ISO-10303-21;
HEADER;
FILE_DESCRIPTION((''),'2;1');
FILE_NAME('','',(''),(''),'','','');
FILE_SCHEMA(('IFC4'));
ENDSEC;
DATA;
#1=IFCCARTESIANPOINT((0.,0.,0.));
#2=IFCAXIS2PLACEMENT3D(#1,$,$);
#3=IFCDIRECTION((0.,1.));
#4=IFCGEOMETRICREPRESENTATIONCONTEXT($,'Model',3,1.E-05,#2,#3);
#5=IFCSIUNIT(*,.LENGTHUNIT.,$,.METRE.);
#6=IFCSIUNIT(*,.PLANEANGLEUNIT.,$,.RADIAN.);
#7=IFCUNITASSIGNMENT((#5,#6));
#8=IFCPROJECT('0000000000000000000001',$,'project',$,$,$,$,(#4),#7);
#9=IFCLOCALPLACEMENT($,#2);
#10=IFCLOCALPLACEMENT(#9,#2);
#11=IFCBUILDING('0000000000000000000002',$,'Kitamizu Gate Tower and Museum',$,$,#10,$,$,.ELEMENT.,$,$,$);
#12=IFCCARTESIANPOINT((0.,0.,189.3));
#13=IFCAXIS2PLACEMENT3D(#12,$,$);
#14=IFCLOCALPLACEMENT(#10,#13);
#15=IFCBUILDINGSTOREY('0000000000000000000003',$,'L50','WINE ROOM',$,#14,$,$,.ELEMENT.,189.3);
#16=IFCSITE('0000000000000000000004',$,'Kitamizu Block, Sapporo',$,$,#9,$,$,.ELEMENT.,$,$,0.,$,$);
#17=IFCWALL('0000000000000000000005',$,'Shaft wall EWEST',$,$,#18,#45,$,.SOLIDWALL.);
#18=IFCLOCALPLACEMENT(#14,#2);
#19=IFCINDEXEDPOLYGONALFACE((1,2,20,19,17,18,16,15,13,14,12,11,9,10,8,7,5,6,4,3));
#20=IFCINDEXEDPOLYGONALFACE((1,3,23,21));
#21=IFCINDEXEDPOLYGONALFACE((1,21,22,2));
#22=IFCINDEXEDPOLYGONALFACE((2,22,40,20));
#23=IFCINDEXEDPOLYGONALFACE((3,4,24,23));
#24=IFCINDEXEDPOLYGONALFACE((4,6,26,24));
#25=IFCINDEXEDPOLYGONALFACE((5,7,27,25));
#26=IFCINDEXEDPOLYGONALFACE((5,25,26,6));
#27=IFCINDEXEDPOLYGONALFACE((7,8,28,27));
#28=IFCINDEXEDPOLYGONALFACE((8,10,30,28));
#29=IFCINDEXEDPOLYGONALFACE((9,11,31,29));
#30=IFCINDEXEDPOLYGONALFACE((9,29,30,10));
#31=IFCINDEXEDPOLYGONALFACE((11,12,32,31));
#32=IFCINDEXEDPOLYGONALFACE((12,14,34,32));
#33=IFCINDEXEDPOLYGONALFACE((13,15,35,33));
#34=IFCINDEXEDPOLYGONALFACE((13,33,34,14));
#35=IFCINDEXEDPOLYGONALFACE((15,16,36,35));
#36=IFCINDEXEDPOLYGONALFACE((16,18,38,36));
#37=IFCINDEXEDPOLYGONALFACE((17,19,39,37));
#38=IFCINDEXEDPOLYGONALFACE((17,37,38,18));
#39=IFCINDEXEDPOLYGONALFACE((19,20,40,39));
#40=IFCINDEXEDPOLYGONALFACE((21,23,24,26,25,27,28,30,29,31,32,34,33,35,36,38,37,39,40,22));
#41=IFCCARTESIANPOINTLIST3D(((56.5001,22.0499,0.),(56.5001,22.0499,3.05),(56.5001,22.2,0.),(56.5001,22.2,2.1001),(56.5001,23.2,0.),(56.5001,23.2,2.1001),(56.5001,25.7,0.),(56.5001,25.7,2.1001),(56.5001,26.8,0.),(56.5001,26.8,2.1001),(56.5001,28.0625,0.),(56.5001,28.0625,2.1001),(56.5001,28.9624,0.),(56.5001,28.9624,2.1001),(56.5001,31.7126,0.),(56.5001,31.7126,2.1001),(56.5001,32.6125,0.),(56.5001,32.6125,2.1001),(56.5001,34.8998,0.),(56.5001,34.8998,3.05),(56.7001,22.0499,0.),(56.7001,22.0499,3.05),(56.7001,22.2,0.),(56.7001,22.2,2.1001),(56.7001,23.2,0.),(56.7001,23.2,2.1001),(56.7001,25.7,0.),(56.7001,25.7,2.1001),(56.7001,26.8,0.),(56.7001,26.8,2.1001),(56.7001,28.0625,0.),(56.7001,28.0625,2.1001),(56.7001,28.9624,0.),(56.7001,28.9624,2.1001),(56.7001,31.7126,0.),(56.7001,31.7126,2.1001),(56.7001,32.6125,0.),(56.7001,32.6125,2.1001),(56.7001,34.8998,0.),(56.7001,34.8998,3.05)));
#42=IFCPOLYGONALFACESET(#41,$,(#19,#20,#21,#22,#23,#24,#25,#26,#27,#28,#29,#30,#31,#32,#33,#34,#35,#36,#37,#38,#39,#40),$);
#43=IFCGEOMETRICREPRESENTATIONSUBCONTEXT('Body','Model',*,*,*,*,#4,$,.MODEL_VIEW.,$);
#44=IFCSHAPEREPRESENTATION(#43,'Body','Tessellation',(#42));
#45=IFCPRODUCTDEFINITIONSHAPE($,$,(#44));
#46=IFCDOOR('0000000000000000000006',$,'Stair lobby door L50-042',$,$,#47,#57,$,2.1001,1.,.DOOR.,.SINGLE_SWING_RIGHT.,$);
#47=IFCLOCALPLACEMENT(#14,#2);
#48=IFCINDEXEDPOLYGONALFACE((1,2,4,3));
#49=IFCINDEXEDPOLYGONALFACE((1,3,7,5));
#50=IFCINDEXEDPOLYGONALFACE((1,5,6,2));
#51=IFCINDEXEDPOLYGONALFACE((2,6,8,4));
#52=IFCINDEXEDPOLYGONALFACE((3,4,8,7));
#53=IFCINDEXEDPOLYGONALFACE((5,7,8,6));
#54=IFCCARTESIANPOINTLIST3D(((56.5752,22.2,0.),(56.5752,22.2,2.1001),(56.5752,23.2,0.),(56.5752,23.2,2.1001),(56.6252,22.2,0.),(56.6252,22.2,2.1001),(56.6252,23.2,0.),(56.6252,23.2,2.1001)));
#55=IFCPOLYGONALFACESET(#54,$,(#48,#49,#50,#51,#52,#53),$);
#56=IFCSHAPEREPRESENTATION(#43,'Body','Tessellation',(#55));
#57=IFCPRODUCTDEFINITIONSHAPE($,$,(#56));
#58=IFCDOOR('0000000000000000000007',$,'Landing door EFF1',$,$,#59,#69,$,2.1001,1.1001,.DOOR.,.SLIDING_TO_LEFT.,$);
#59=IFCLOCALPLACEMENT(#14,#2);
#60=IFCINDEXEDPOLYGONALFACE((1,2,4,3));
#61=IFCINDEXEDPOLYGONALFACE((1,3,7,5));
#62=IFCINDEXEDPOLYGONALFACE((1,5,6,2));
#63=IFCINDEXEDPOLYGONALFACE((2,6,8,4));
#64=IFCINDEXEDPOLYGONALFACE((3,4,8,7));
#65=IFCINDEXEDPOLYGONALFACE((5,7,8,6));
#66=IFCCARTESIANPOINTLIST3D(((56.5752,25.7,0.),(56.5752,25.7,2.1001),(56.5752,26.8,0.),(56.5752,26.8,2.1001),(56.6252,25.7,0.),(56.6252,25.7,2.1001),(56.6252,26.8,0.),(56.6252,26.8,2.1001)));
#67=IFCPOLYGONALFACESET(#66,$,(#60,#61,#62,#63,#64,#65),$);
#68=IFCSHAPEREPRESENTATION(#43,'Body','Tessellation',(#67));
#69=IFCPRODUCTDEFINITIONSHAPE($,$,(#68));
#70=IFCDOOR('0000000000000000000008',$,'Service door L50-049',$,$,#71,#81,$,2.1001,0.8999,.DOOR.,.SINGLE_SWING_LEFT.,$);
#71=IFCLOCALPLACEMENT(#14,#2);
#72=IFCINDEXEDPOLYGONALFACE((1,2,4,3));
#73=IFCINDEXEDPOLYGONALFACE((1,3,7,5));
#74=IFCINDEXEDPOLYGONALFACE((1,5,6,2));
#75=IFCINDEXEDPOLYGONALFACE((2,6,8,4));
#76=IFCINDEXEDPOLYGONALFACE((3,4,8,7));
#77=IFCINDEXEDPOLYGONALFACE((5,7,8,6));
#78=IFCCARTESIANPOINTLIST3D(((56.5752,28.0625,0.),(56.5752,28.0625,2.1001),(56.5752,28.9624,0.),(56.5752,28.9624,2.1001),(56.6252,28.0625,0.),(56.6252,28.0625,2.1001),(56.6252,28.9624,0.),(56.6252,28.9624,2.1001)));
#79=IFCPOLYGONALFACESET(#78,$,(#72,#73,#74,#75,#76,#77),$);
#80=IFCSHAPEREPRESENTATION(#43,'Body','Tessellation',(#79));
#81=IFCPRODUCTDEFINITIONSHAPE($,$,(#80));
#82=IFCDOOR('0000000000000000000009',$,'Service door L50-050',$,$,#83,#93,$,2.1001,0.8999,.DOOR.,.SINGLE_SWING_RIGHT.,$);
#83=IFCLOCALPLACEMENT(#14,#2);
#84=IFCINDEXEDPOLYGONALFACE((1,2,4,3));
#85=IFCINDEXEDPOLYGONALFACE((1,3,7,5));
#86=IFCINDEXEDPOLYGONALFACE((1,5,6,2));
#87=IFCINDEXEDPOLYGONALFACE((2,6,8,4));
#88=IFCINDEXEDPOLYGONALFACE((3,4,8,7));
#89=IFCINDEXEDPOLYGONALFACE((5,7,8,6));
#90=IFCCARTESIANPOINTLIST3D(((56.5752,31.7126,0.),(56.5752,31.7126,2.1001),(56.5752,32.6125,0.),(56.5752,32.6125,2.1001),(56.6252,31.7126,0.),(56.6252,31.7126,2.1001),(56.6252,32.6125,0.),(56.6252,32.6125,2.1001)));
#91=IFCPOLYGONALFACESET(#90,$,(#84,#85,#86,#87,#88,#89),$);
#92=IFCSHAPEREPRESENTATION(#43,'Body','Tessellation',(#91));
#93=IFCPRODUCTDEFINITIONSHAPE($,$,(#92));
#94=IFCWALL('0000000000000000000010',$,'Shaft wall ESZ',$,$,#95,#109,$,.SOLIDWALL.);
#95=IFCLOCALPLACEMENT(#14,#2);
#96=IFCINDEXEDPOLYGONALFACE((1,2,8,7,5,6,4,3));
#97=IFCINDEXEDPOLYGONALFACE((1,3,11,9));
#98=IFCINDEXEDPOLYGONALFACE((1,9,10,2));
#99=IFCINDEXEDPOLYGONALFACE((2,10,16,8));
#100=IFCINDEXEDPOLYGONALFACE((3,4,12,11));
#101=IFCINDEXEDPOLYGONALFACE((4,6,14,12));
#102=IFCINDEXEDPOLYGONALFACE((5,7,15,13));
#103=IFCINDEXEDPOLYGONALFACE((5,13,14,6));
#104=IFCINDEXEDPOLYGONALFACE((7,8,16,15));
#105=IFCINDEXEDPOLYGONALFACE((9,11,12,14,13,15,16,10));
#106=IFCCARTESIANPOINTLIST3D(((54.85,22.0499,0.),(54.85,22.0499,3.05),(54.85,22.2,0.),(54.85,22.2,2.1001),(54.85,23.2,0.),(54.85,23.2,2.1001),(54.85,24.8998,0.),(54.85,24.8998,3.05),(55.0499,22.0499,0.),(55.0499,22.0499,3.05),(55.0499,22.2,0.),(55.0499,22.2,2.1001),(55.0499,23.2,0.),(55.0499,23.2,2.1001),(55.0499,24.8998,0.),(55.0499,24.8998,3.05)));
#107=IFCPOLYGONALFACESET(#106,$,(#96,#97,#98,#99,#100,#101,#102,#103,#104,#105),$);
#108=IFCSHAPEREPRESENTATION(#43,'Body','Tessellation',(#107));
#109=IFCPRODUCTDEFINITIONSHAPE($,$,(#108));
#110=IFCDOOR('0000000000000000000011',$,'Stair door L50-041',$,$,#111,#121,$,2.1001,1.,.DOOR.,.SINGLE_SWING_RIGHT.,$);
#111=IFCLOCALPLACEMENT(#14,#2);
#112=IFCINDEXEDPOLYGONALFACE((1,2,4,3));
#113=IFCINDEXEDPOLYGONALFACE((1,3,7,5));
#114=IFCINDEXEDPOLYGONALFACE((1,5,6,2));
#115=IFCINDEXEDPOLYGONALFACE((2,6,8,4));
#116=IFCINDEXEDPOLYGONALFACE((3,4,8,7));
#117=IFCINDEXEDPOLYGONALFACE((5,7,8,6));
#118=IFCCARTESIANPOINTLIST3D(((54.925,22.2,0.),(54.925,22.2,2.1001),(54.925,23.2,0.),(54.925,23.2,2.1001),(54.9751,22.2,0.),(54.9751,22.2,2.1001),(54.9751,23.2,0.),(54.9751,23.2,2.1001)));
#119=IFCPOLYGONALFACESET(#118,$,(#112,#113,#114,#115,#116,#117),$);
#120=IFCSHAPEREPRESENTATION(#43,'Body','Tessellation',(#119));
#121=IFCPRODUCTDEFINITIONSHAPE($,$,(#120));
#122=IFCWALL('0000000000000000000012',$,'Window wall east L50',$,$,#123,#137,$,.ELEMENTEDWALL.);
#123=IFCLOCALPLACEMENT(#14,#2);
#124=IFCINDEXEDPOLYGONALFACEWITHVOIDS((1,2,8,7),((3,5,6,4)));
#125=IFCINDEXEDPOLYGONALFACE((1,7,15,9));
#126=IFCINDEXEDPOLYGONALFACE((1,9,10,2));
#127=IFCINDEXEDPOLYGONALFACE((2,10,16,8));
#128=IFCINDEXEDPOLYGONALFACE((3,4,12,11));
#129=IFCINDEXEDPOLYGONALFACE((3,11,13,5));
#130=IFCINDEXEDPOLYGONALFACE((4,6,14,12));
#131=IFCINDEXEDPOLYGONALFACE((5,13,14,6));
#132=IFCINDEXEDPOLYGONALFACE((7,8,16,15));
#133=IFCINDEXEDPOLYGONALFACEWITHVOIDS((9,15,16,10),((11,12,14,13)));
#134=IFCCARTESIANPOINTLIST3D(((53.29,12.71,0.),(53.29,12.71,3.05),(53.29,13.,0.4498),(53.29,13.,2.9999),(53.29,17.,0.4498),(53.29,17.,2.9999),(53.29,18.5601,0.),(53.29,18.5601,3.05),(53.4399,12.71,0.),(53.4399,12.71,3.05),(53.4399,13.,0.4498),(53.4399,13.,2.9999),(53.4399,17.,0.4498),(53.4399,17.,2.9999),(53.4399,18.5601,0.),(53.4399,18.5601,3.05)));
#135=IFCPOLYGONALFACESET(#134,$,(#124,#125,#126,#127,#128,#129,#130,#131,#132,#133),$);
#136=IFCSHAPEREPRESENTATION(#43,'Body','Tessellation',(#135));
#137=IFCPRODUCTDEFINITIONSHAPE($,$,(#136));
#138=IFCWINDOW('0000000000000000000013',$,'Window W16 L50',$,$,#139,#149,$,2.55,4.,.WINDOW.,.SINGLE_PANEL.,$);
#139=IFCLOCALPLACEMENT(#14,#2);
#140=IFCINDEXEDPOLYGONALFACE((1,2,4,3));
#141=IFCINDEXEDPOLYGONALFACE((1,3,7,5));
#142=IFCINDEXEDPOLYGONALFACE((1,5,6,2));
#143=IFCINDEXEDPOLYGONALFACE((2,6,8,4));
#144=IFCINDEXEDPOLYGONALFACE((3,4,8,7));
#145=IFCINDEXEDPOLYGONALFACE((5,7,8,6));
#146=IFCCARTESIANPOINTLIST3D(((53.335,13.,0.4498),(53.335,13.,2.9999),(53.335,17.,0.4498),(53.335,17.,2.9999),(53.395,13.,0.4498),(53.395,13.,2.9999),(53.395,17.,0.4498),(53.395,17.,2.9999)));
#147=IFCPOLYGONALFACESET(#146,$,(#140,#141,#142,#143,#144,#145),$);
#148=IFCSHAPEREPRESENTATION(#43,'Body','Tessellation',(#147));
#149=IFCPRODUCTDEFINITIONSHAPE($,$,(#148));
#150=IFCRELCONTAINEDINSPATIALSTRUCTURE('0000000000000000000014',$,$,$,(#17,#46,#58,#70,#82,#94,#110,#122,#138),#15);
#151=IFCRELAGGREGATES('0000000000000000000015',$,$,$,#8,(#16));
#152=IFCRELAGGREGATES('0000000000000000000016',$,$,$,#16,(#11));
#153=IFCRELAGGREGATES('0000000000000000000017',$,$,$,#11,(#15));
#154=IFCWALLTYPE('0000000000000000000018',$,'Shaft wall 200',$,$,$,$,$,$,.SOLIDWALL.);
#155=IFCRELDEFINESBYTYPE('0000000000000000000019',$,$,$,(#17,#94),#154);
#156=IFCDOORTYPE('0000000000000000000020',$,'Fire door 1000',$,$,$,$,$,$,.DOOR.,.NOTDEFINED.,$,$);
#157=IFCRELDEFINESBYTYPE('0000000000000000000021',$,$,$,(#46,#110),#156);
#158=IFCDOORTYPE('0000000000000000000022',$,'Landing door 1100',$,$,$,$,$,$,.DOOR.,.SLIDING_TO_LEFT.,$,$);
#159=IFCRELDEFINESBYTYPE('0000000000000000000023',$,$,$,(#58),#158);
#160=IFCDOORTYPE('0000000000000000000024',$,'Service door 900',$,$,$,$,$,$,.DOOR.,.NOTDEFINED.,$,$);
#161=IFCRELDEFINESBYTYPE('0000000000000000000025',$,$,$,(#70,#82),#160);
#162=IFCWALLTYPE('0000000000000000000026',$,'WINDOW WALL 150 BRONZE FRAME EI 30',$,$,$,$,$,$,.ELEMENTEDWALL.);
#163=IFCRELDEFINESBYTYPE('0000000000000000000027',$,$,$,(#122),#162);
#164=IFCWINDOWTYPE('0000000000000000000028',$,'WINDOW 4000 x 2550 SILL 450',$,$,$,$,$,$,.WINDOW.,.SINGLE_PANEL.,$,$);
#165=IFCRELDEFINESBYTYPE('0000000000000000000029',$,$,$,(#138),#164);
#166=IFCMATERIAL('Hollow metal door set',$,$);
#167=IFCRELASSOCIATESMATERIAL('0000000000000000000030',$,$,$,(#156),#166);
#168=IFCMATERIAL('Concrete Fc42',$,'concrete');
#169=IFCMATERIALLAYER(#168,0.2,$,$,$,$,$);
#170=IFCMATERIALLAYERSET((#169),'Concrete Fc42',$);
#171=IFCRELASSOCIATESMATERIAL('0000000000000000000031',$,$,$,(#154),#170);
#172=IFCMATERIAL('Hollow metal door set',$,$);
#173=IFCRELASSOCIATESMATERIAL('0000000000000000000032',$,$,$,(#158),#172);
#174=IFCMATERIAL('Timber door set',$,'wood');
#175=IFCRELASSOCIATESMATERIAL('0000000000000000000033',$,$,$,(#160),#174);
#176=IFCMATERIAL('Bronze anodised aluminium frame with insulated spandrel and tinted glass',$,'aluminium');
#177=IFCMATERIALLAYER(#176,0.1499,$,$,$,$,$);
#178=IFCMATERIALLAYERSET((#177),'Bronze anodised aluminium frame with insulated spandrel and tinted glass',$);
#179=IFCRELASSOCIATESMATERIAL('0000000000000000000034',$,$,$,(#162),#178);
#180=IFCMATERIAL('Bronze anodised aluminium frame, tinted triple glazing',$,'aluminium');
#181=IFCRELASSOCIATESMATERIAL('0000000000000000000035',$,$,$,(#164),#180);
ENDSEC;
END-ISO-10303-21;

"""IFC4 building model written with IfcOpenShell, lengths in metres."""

from ifc_helpers import new_model, si_unit, direction, frame, frame_2d, origin, place, context, subcontext, project, spatial, rectangle, extrude, material, layer, layer_set, type_object, element, fill, save


model = new_model("IFC4")

# Units and contexts
model_context = context("Model", 3, precision=1e-05, world=origin(), true_north=direction((0.0, 1.0)))
body_context = subcontext(model_context, "Body", "Model", "MODEL_VIEW")
ifc_project = project(units=[si_unit("LENGTHUNIT", "METRE"), si_unit("PLANEANGLEUNIT", "RADIAN")], contexts=[model_context])

# Site, building, storey
site_placement = place(None, origin())
site = spatial("IfcSite", under=ifc_project, at=site_placement, Name="Kitamizu Block, Sapporo", CompositionType="ELEMENT", RefElevation=0.0)
building_placement = place(site_placement, origin())
building = spatial("IfcBuilding", under=site, at=building_placement, Name="Kitamizu Gate Tower and Museum", CompositionType="ELEMENT")
storey_placement = place(building_placement, frame((0.0, 0.0, 189.3)))
storey = spatial("IfcBuildingStorey", under=building, at=storey_placement, Name="L50", Description="WINE ROOM", CompositionType="ELEMENT", Elevation=189.3)

# Shared definitions
ifc_material_1 = material(Name="Hollow metal door set")
door_type_1 = type_object("IfcDoorType", Name="Fire door 1000", OperationType="NOTDEFINED", PredefinedType="DOOR", material=ifc_material_1)

# Wall, openings, doors
ifc_material_2 = material(Name="Concrete Fc42", Category="concrete")
ifc_layer_1 = layer(ifc_material_2, 0.2)
ifc_layer_set_1 = layer_set([ifc_layer_1], Name="Concrete Fc42")
wall_type_1 = type_object("IfcWallType", Name="Shaft wall 200", PredefinedType="SOLIDWALL", material=ifc_layer_set_1)
wall_1_placement = place(storey_placement, frame((56.6001, 22.05, 0.0), z_axis=(0.0, 0.0, 1.0), x_axis=(0.0, 1.0, 0.0)))
wall_1 = element("IfcWall", 1, at=wall_1_placement, inside=storey, type_object=wall_type_1, Name="Shaft wall EWEST", PredefinedType="SOLIDWALL", context=body_context, shape_type="SweptSolid", body=[
    extrude(rectangle(XDim=12.8499, YDim=0.2, at=frame_2d((6.4248, 0.0))), origin(), (0.0, 0.0, 1.0), 3.05),
])
opening_1_placement = place(wall_1_placement, frame((3.6499, 0.0, 0.0)))
opening_1 = element("IfcOpeningElement", 2, at=opening_1_placement, cuts=wall_1, PredefinedType="OPENING", context=body_context, shape_type="SweptSolid", body=[
    extrude(rectangle(XDim=1.1001, YDim=2.1001, at=frame_2d((0.55, 1.05))), frame((0.0, 0.1099, 0.0), z_axis=(0.0, -1.0, 0.0), x_axis=(1.0, 0.0, 0.0)), (0.0, 0.0, 1.0), 0.22),
])
opening_2_placement = place(wall_1_placement, frame((0.1499, 0.0, 0.0)))
opening_2 = element("IfcOpeningElement", 3, at=opening_2_placement, cuts=wall_1, PredefinedType="OPENING", context=body_context, shape_type="SweptSolid", body=[
    extrude(rectangle(XDim=1.0, YDim=2.1001, at=frame_2d((0.5, 1.05))), frame((0.0, 0.1099, 0.0), z_axis=(0.0, -1.0, 0.0), x_axis=(1.0, 0.0, 0.0)), (0.0, 0.0, 1.0), 0.22),
])
opening_3_placement = place(wall_1_placement, frame((6.0125, 0.0, 0.0)))
opening_3 = element("IfcOpeningElement", 4, at=opening_3_placement, cuts=wall_1, PredefinedType="OPENING", context=body_context, shape_type="SweptSolid", body=[
    extrude(rectangle(XDim=0.8999, YDim=2.1001, at=frame_2d((0.45, 1.05))), frame((0.0, 0.1099, 0.0), z_axis=(0.0, -1.0, 0.0), x_axis=(1.0, 0.0, 0.0)), (0.0, 0.0, 1.0), 0.22),
])
opening_4_placement = place(wall_1_placement, frame((9.6626, 0.0, 0.0)))
opening_4 = element("IfcOpeningElement", 5, at=opening_4_placement, cuts=wall_1, PredefinedType="OPENING", context=body_context, shape_type="SweptSolid", body=[
    extrude(rectangle(XDim=0.8999, YDim=2.1001, at=frame_2d((0.45, 1.05))), frame((0.0, 0.1099, 0.0), z_axis=(0.0, -1.0, 0.0), x_axis=(1.0, 0.0, 0.0)), (0.0, 0.0, 1.0), 0.22),
])
door_1_placement = place(opening_2_placement, origin())
door_1 = element("IfcDoor", 6, at=door_1_placement, inside=storey, type_object=door_type_1, Name="Stair lobby door L50-042", OperationType="SINGLE_SWING_RIGHT", OverallHeight=2.1001, OverallWidth=1.0, PredefinedType="DOOR", context=body_context, shape_type="SweptSolid", body=[
    extrude(rectangle(XDim=1.0, YDim=2.1001, at=frame_2d((0.5, 1.05))), frame((0.0, 0.0249, 0.0), z_axis=(0.0, -1.0, 0.0), x_axis=(1.0, 0.0, 0.0)), (0.0, 0.0, 1.0), 0.05),
])
fill(opening_2, door_1)
ifc_material_3 = material(Name="Hollow metal door set")
door_type_2 = type_object("IfcDoorType", Name="Landing door 1100", OperationType="SLIDING_TO_LEFT", PredefinedType="DOOR", material=ifc_material_3)
door_2_placement = place(opening_1_placement, origin())
door_2 = element("IfcDoor", 7, at=door_2_placement, inside=storey, type_object=door_type_2, Name="Landing door EFF1", OperationType="SLIDING_TO_LEFT", OverallHeight=2.1001, OverallWidth=1.1001, PredefinedType="DOOR", context=body_context, shape_type="SweptSolid", body=[
    extrude(rectangle(XDim=1.1001, YDim=2.1001, at=frame_2d((0.55, 1.05))), frame((0.0, 0.0249, 0.0), z_axis=(0.0, -1.0, 0.0), x_axis=(1.0, 0.0, 0.0)), (0.0, 0.0, 1.0), 0.05),
])
fill(opening_1, door_2)
ifc_material_4 = material(Name="Timber door set", Category="wood")
door_type_3 = type_object("IfcDoorType", Name="Service door 900", OperationType="NOTDEFINED", PredefinedType="DOOR", material=ifc_material_4)
door_3_placement = place(opening_3_placement, origin())
door_3 = element("IfcDoor", 8, at=door_3_placement, inside=storey, type_object=door_type_3, Name="Service door L50-049", OperationType="SINGLE_SWING_LEFT", OverallHeight=2.1001, OverallWidth=0.8999, PredefinedType="DOOR", context=body_context, shape_type="SweptSolid", body=[
    extrude(rectangle(XDim=0.8999, YDim=2.1001, at=frame_2d((0.45, 1.05))), frame((0.0, 0.0249, 0.0), z_axis=(0.0, -1.0, 0.0), x_axis=(1.0, 0.0, 0.0)), (0.0, 0.0, 1.0), 0.05),
])
fill(opening_3, door_3)
door_4_placement = place(opening_4_placement, origin())
door_4 = element("IfcDoor", 9, at=door_4_placement, inside=storey, type_object=door_type_3, Name="Service door L50-050", OperationType="SINGLE_SWING_RIGHT", OverallHeight=2.1001, OverallWidth=0.8999, PredefinedType="DOOR", context=body_context, shape_type="SweptSolid", body=[
    extrude(rectangle(XDim=0.8999, YDim=2.1001, at=frame_2d((0.45, 1.05))), frame((0.0, 0.0249, 0.0), z_axis=(0.0, -1.0, 0.0), x_axis=(1.0, 0.0, 0.0)), (0.0, 0.0, 1.0), 0.05),
])
fill(opening_4, door_4)

# Wall, opening, door
wall_2_placement = place(storey_placement, frame((54.95, 22.05, 0.0), z_axis=(0.0, 0.0, 1.0), x_axis=(0.0, 1.0, 0.0)))
wall_2 = element("IfcWall", 10, at=wall_2_placement, inside=storey, type_object=wall_type_1, Name="Shaft wall ESZ", PredefinedType="SOLIDWALL", context=body_context, shape_type="SweptSolid", body=[
    extrude(rectangle(XDim=2.8499, YDim=0.2, at=frame_2d((1.4248, 0.0))), origin(), (0.0, 0.0, 1.0), 3.05),
])
opening_5_placement = place(wall_2_placement, frame((0.1499, 0.0, 0.0)))
opening_5 = element("IfcOpeningElement", 11, at=opening_5_placement, cuts=wall_2, PredefinedType="OPENING", context=body_context, shape_type="SweptSolid", body=[
    extrude(rectangle(XDim=1.0, YDim=2.1001, at=frame_2d((0.5, 1.05))), frame((0.0, 0.1099, 0.0), z_axis=(0.0, -1.0, 0.0), x_axis=(1.0, 0.0, 0.0)), (0.0, 0.0, 1.0), 0.22),
])
door_5_placement = place(opening_5_placement, origin())
door_5 = element("IfcDoor", 12, at=door_5_placement, inside=storey, type_object=door_type_1, Name="Stair door L50-041", OperationType="SINGLE_SWING_RIGHT", OverallHeight=2.1001, OverallWidth=1.0, PredefinedType="DOOR", context=body_context, shape_type="SweptSolid", body=[
    extrude(rectangle(XDim=1.0, YDim=2.1001, at=frame_2d((0.5, 1.05))), frame((0.0, 0.0249, 0.0), z_axis=(0.0, -1.0, 0.0), x_axis=(1.0, 0.0, 0.0)), (0.0, 0.0, 1.0), 0.05),
])
fill(opening_5, door_5)

# Wall, opening, window
ifc_material_5 = material(Name="Bronze anodised aluminium frame with insulated spandrel and tinted glass", Category="aluminium")
ifc_layer_2 = layer(ifc_material_5, 0.1499)
ifc_layer_set_2 = layer_set([ifc_layer_2], Name="Bronze anodised aluminium frame with insulated spandrel and tinted glass")
wall_type_2 = type_object("IfcWallType", Name="WINDOW WALL 150 BRONZE FRAME EI 30", PredefinedType="ELEMENTEDWALL", material=ifc_layer_set_2)
wall_3_placement = place(storey_placement, frame((53.365, 12.71, 0.0), z_axis=(0.0, 0.0, 1.0), x_axis=(0.0, 1.0, 0.0)))
wall_3 = element("IfcWall", 13, at=wall_3_placement, inside=storey, type_object=wall_type_2, Name="Window wall east L50", PredefinedType="ELEMENTEDWALL", context=body_context, shape_type="SweptSolid", body=[
    extrude(rectangle(XDim=5.8501, YDim=0.1499, at=frame_2d((2.925, 0.0))), origin(), (0.0, 0.0, 1.0), 3.05),
])
opening_6_placement = place(wall_3_placement, frame((0.29, 0.0, 0.45)))
opening_6 = element("IfcOpeningElement", 14, at=opening_6_placement, cuts=wall_3, PredefinedType="OPENING", context=body_context, shape_type="SweptSolid", body=[
    extrude(rectangle(XDim=4.0, YDim=2.55, at=frame_2d((2.0, 1.2749))), frame((0.0, 0.085, 0.0), z_axis=(0.0, -1.0, 0.0), x_axis=(1.0, 0.0, 0.0)), (0.0, 0.0, 1.0), 0.1699),
])
ifc_material_6 = material(Name="Bronze anodised aluminium frame, tinted triple glazing", Category="aluminium")
window_type = type_object("IfcWindowType", Name="WINDOW 4000 x 2550 SILL 450", PartitioningType="SINGLE_PANEL", PredefinedType="WINDOW", material=ifc_material_6)
window_1_placement = place(opening_6_placement, origin())
window_1 = element("IfcWindow", 15, at=window_1_placement, inside=storey, type_object=window_type, Name="Window W16 L50", OverallHeight=2.55, OverallWidth=4.0, PartitioningType="SINGLE_PANEL", PredefinedType="WINDOW", context=body_context, shape_type="SweptSolid", body=[
    extrude(rectangle(XDim=4.0, YDim=2.55, at=frame_2d((2.0, 1.2749))), frame((0.0, 0.03, 0.0), z_axis=(0.0, -1.0, 0.0), x_axis=(1.0, 0.0, 0.0)), (0.0, 0.0, 1.0), 0.0601),
])
fill(opening_6, window_1)

save(model, "model.ifc")
